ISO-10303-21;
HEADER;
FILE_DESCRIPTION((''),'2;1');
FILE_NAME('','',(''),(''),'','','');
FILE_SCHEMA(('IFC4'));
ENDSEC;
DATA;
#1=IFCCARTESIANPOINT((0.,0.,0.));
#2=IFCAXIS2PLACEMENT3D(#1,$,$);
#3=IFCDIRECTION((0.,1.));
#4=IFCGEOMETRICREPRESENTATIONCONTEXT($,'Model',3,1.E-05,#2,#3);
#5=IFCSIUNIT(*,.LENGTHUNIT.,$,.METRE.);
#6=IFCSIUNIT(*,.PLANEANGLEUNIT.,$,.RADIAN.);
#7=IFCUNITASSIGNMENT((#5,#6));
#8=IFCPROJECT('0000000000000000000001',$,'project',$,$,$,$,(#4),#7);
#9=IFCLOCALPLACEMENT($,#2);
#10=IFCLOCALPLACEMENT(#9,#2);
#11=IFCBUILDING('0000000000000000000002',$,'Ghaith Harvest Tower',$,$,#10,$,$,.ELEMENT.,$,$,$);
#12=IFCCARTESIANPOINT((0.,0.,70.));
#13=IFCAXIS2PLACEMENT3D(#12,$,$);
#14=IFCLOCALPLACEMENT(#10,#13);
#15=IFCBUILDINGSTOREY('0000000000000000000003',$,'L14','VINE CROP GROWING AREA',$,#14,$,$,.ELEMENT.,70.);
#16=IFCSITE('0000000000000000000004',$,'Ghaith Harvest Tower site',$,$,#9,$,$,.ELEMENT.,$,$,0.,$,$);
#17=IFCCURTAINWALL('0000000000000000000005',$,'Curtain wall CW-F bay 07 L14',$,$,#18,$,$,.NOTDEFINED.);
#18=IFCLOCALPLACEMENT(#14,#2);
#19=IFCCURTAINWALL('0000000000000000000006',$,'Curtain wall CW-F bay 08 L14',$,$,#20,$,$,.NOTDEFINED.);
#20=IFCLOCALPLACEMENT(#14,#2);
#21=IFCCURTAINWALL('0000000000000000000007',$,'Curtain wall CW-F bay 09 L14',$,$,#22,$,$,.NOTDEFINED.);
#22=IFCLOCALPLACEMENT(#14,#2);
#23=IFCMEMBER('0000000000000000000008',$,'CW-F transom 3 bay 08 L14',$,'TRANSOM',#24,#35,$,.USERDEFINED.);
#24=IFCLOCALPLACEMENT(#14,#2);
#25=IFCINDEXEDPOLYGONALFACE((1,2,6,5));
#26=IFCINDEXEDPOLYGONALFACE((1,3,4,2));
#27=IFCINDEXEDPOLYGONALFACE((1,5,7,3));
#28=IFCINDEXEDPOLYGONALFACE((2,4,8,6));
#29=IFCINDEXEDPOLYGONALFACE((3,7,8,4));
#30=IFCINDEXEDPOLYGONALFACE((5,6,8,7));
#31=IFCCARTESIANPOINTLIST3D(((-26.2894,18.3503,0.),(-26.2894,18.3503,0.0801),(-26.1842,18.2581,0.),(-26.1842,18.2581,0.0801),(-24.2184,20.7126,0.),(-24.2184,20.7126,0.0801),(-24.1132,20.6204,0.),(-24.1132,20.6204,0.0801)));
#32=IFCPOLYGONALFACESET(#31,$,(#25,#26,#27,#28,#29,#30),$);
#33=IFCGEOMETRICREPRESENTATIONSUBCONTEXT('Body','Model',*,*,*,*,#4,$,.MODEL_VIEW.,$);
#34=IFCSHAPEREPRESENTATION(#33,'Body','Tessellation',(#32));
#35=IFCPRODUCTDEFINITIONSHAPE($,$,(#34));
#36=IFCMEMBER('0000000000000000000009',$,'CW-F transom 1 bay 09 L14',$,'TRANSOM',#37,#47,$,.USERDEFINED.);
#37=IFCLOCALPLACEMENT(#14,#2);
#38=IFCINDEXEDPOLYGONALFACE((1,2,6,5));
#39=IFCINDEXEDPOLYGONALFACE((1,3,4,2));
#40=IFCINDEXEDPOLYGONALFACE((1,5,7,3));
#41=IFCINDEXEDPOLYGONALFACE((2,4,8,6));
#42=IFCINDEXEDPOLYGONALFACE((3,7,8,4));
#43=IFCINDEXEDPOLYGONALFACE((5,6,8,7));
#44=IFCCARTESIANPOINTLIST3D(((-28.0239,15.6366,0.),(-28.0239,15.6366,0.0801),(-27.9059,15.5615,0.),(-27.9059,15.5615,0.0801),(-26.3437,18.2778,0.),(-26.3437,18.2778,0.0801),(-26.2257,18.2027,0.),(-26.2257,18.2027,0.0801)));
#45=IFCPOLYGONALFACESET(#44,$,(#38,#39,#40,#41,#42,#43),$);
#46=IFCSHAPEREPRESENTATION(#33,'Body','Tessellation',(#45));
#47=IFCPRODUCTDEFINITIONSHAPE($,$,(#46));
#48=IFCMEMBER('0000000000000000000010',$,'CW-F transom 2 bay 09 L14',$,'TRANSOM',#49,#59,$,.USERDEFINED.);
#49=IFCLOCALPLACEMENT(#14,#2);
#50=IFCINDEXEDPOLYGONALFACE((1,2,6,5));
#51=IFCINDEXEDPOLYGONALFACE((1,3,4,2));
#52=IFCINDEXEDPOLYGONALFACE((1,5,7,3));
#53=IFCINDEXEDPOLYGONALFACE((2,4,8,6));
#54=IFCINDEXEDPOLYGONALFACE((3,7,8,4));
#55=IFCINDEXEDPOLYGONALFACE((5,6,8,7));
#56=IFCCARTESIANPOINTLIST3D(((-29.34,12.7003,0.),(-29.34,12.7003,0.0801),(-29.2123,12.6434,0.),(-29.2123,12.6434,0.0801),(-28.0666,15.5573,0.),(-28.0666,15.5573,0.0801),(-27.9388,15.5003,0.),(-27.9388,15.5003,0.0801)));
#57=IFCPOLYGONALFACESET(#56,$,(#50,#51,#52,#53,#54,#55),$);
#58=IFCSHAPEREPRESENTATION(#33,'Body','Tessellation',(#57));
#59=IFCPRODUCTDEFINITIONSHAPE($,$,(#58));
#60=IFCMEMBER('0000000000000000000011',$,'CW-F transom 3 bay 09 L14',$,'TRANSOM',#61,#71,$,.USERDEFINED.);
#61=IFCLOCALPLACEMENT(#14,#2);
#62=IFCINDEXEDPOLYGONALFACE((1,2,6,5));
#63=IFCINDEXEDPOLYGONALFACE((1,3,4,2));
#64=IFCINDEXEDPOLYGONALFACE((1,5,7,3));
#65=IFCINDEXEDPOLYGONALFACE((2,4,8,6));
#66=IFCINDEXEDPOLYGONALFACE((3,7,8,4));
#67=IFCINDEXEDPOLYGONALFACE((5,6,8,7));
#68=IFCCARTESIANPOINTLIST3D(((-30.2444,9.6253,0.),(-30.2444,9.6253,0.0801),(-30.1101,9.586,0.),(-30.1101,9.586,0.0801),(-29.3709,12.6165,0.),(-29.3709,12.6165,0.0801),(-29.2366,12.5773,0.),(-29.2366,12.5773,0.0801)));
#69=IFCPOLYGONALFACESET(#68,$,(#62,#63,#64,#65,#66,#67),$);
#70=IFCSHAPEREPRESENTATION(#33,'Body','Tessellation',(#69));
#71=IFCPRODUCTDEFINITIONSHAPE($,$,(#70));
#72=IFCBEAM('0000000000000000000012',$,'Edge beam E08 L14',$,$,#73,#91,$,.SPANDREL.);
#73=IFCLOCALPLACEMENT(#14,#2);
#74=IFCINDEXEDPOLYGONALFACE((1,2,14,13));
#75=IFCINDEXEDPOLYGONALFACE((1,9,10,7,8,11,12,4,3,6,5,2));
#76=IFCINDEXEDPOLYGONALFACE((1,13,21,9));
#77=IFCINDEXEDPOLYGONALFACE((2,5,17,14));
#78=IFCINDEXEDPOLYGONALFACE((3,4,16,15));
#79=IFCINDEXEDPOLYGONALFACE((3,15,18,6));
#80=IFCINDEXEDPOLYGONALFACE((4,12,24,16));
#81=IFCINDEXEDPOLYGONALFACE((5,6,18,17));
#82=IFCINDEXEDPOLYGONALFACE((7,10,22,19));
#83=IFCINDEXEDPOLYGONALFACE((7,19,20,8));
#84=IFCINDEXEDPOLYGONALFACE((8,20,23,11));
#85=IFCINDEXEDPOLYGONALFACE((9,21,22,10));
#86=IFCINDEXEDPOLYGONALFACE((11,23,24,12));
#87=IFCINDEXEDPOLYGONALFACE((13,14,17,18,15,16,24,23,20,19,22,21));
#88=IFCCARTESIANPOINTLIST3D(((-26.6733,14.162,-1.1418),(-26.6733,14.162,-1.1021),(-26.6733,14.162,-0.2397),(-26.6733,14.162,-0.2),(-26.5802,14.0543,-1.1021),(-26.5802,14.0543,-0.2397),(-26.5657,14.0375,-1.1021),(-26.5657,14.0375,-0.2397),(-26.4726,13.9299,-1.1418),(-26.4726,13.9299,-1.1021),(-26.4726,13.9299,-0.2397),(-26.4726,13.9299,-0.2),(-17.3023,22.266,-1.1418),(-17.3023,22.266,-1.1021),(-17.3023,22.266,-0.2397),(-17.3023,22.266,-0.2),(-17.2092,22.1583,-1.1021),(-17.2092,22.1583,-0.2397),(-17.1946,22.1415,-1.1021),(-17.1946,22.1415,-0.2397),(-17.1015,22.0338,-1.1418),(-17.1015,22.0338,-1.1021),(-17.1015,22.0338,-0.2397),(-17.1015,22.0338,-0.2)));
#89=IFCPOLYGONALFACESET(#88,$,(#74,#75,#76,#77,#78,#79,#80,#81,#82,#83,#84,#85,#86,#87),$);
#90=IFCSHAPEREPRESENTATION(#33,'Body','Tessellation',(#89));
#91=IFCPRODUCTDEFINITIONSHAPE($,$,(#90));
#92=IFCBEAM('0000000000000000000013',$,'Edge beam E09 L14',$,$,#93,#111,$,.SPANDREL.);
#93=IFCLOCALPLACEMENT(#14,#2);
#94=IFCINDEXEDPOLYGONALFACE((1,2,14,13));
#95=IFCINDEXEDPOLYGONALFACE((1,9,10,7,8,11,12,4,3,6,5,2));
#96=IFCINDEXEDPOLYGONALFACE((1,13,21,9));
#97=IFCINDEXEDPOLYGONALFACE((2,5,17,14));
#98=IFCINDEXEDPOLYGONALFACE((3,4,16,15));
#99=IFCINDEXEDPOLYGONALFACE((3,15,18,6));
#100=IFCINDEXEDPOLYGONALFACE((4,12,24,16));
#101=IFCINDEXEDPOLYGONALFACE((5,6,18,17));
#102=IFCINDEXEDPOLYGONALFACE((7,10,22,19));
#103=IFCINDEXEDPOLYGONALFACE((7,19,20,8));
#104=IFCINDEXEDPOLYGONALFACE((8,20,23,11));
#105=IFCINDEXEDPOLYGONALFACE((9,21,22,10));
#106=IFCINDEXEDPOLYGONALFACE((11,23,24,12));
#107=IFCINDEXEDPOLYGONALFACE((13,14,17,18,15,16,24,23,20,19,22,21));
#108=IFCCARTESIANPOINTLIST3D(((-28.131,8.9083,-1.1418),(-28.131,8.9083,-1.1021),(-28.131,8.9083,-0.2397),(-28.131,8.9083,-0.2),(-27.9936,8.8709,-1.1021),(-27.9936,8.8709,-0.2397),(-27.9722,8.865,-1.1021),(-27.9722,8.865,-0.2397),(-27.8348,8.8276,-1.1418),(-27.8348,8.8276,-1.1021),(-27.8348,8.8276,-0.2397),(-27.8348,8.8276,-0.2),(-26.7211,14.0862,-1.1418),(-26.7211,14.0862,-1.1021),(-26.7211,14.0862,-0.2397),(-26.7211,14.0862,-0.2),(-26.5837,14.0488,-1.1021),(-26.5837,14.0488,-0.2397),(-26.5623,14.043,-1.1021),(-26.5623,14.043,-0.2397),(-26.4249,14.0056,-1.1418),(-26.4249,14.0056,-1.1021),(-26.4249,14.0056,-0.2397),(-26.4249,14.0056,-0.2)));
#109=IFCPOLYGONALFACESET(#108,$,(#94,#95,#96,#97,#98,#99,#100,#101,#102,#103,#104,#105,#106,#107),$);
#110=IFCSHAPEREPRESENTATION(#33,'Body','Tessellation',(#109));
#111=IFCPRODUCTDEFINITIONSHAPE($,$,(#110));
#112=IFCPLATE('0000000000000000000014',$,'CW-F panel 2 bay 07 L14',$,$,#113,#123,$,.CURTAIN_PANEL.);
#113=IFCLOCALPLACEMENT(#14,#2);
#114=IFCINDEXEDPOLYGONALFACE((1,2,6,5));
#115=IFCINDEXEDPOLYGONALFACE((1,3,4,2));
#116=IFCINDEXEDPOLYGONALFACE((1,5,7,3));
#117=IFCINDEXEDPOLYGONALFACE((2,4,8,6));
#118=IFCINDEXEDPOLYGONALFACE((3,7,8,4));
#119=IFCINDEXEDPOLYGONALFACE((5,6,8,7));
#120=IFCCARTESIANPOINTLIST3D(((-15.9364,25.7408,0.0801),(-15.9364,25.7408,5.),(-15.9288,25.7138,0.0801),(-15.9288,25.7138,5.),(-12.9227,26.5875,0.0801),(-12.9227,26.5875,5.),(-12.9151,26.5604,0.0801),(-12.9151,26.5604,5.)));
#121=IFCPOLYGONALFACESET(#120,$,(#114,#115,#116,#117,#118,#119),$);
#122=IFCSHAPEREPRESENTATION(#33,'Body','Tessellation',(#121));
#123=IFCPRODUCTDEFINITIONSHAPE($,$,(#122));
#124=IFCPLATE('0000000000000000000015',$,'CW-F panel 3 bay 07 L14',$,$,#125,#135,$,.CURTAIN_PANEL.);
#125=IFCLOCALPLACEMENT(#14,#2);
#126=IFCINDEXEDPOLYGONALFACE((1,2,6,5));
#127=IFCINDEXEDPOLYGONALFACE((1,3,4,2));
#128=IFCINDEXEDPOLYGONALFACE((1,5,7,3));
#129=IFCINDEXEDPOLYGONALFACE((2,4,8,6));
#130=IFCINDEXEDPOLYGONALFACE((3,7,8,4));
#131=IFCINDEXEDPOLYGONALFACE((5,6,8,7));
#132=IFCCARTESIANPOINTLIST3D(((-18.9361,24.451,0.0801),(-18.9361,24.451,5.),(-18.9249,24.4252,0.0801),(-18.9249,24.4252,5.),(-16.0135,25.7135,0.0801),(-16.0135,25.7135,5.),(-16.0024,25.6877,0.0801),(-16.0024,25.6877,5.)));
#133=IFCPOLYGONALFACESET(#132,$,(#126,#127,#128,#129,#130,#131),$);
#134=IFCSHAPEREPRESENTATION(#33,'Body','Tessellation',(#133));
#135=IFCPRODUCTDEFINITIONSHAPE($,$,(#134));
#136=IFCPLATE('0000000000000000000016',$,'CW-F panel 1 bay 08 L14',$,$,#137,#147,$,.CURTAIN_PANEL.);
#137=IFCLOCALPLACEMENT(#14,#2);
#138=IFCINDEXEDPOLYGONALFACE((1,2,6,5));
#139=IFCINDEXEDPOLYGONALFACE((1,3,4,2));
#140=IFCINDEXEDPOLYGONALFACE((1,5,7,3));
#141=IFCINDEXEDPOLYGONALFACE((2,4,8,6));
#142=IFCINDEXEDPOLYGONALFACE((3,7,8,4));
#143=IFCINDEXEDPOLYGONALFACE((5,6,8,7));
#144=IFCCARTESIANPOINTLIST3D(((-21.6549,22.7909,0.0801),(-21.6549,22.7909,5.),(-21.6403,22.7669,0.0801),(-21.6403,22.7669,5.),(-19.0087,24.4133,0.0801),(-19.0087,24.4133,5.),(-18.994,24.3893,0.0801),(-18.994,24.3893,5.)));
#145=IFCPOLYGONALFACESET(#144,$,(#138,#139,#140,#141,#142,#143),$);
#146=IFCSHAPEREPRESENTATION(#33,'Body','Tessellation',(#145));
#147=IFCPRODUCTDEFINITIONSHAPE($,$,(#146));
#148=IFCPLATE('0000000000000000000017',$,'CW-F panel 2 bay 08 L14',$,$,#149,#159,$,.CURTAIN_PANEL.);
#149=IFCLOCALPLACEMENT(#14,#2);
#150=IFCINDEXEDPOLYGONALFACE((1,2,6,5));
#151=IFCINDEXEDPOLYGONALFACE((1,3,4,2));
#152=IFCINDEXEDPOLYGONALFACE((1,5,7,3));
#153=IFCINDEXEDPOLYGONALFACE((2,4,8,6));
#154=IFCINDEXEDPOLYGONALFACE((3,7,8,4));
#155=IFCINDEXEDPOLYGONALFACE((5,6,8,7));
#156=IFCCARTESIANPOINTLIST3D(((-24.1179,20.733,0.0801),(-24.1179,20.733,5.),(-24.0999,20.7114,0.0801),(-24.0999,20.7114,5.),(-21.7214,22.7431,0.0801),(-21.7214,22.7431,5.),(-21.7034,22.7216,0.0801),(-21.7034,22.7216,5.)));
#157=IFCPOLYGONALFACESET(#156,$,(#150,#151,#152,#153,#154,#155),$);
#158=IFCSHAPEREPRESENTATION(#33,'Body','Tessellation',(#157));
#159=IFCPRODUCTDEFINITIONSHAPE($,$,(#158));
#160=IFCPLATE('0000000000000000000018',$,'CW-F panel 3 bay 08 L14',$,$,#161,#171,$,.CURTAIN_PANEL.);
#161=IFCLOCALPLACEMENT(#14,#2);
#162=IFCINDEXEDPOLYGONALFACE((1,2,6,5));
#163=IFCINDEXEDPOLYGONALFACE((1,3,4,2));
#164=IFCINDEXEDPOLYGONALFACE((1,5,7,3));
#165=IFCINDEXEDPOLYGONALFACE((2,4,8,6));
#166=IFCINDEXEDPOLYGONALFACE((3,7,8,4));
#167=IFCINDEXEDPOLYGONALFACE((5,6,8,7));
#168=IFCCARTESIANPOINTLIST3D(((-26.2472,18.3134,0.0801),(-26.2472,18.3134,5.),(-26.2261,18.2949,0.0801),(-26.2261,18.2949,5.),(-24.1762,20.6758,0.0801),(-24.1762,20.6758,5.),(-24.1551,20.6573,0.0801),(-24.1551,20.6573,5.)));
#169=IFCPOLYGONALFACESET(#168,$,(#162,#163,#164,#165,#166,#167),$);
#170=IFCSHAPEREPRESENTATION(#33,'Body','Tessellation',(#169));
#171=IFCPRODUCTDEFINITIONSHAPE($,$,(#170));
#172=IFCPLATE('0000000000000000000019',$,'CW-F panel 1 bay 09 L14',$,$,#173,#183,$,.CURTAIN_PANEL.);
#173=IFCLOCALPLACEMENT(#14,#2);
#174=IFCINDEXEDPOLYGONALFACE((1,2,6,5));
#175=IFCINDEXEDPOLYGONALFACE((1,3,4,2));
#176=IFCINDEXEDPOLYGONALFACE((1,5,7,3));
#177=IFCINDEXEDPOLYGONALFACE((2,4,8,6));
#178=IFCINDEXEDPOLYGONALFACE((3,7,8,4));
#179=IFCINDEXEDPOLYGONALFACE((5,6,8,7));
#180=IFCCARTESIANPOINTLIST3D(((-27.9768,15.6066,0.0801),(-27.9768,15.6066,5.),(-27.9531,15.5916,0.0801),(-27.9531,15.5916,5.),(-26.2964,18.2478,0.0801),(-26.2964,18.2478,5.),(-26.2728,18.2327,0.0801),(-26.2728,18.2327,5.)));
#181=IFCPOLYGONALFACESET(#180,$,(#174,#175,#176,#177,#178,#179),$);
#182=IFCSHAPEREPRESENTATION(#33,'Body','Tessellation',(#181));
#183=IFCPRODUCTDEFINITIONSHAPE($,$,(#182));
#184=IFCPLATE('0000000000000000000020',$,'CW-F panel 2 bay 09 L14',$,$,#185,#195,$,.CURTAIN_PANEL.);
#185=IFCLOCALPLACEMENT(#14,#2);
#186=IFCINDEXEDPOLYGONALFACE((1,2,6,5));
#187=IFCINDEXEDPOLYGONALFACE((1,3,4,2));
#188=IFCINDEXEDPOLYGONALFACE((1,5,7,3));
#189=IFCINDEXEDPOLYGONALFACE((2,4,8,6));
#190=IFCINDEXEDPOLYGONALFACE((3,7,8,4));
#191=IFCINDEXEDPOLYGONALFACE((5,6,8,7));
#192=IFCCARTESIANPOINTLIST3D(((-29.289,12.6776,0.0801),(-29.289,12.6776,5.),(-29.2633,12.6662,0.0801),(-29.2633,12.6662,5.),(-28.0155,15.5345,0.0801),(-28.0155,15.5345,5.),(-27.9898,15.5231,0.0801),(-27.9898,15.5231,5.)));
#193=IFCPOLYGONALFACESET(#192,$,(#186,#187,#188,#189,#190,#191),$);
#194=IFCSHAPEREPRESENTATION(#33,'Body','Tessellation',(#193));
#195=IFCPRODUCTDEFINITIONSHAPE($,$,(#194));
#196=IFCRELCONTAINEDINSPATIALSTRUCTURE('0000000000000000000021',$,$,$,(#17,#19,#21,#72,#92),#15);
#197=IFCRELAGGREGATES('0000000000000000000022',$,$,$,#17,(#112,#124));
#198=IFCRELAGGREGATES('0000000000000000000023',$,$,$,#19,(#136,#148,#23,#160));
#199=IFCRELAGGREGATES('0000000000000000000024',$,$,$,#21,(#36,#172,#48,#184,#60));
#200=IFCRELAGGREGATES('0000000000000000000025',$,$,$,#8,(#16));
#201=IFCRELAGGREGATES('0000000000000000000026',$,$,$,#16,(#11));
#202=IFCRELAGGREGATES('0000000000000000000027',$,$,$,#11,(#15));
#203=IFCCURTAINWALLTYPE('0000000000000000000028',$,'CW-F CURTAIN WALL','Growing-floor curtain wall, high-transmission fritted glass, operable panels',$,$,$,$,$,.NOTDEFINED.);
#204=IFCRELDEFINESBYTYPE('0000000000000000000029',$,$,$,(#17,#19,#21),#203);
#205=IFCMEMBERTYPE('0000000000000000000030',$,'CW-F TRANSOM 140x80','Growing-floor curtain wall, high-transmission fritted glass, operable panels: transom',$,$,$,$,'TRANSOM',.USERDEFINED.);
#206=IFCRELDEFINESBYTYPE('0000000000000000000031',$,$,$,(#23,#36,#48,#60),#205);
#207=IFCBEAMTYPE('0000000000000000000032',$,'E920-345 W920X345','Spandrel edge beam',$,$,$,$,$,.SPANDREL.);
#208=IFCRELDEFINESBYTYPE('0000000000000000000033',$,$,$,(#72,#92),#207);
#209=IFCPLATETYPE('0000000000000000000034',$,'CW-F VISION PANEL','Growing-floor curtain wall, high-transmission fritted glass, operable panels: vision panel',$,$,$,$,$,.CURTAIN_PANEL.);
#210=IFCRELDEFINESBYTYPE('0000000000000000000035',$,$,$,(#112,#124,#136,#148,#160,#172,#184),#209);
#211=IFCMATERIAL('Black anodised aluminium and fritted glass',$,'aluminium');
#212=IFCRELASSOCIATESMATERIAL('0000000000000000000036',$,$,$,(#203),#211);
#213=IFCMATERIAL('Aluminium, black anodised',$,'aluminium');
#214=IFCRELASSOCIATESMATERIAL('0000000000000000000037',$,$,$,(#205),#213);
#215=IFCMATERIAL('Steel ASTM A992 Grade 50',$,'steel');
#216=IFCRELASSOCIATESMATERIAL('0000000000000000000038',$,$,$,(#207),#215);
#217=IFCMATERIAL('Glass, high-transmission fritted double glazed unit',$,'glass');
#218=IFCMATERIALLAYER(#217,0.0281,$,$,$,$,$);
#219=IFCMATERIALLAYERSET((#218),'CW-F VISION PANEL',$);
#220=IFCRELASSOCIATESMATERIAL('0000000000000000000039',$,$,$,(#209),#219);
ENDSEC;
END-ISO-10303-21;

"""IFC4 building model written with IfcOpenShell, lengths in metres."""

from ifc_helpers import new_model, si_unit, direction, frame, origin, origin_2d, place, context, subcontext, project, spatial, rectangle, i_section, extrude, material, layer, layer_set, material_profile, profile_set, type_object, element, aggregate, save


model = new_model("IFC4")

# Units and contexts
model_context = context("Model", 3, precision=1e-05, world=origin(), true_north=direction((0.0, 1.0)))
body_context = subcontext(model_context, "Body", "Model", "MODEL_VIEW")
ifc_project = project(units=[si_unit("LENGTHUNIT", "METRE"), si_unit("PLANEANGLEUNIT", "RADIAN")], contexts=[model_context])

# Site, building, storey
site_placement = place(None, origin())
site = spatial("IfcSite", under=ifc_project, at=site_placement, Name="Ghaith Harvest Tower site", CompositionType="ELEMENT", RefElevation=0.0)
building_placement = place(site_placement, origin())
building = spatial("IfcBuilding", under=site, at=building_placement, Name="Ghaith Harvest Tower", CompositionType="ELEMENT")
storey_placement = place(building_placement, frame((0.0, 0.0, 70.0)))
storey = spatial("IfcBuildingStorey", under=building, at=storey_placement, Name="L14", Description="VINE CROP GROWING AREA", CompositionType="ELEMENT", Elevation=70.0)

# Curtain walls
ifc_material_1 = material(Name="Black anodised aluminium and fritted glass", Category="aluminium")
curtain_wall_type = type_object("IfcCurtainWallType", Name="CW-F CURTAIN WALL", Description="Growing-floor curtain wall, high-transmission fritted glass, operable panels", PredefinedType="NOTDEFINED", material=ifc_material_1)
curtain_wall_1_placement = place(storey_placement, origin())
curtain_wall_1 = element("IfcCurtainWall", 1, at=curtain_wall_1_placement, inside=storey, type_object=curtain_wall_type, Name="Curtain wall CW-F bay 07 L14", PredefinedType="NOTDEFINED")
curtain_wall_2_placement = place(storey_placement, origin())
curtain_wall_2 = element("IfcCurtainWall", 2, at=curtain_wall_2_placement, inside=storey, type_object=curtain_wall_type, Name="Curtain wall CW-F bay 08 L14", PredefinedType="NOTDEFINED")
curtain_wall_3_placement = place(storey_placement, origin())
curtain_wall_3 = element("IfcCurtainWall", 3, at=curtain_wall_3_placement, inside=storey, type_object=curtain_wall_type, Name="Curtain wall CW-F bay 09 L14", PredefinedType="NOTDEFINED")

# Members
ifc_material_2 = material(Name="Aluminium, black anodised", Category="aluminium")
ifc_material_profile_1 = material_profile(ifc_material_2, rectangle(XDim=0.1399, YDim=0.0801, at=origin_2d()), Name="CW-F TRANSOM 140x80")
ifc_profile_set_1 = profile_set([ifc_material_profile_1], Name="Aluminium, black anodised")
member_type_1 = type_object("IfcMemberType", Name="CW-F TRANSOM 140x80", Description="Growing-floor curtain wall, high-transmission fritted glass, operable panels: transom", ElementType="TRANSOM", PredefinedType="USERDEFINED", material=ifc_profile_set_1)
member_1_placement = place(storey_placement, frame((-24.1658, 20.6665, 0.04), z_axis=(-0.659231, -0.751941, 0.0), x_axis=(0.751941, -0.659231, 0.0)))
member_1 = element("IfcMember", 4, at=member_1_placement, type_object=member_type_1, Name="CW-F transom 3 bay 08 L14", ObjectType="TRANSOM", PredefinedType="USERDEFINED", context=body_context, shape_type="SweptSolid", body=[
    extrude(rectangle(XDim=0.1399, YDim=0.0801, at=origin_2d()), origin(), (0.0, 0.0, 1.0), 3.1416),
])
member_2_placement = place(storey_placement, frame((-26.2847, 18.2402, 0.04), z_axis=(-0.536754, -0.843739, 0.0), x_axis=(0.843739, -0.536754, 0.0)))
member_2 = element("IfcMember", 5, at=member_2_placement, type_object=member_type_1, Name="CW-F transom 1 bay 09 L14", ObjectType="TRANSOM", PredefinedType="USERDEFINED", context=body_context, shape_type="SweptSolid", body=[
    extrude(rectangle(XDim=0.1399, YDim=0.0801, at=origin_2d()), origin(), (0.0, 0.0, 1.0), 3.1304),
])
member_3_placement = place(storey_placement, frame((-28.0027, 15.5288, 0.04), z_axis=(-0.407123, -0.913373, 0.0), x_axis=(0.913373, -0.407123, 0.0)))
member_3 = element("IfcMember", 6, at=member_3_placement, type_object=member_type_1, Name="CW-F transom 2 bay 09 L14", ObjectType="TRANSOM", PredefinedType="USERDEFINED", context=body_context, shape_type="SweptSolid", body=[
    extrude(rectangle(XDim=0.1399, YDim=0.0801, at=origin_2d()), origin(), (0.0, 0.0, 1.0), 3.1279),
])
member_4_placement = place(storey_placement, frame((-29.3037, 12.5969, 0.04), z_axis=(-0.280325, -0.959905, 0.0), x_axis=(0.959905, -0.280325, 0.0)))
member_4 = element("IfcMember", 7, at=member_4_placement, type_object=member_type_1, Name="CW-F transom 3 bay 09 L14", ObjectType="TRANSOM", PredefinedType="USERDEFINED", context=body_context, shape_type="SweptSolid", body=[
    extrude(rectangle(XDim=0.1399, YDim=0.0801, at=origin_2d()), origin(), (0.0, 0.0, 1.0), 3.1162),
])

# Beams
ifc_material_3 = material(Name="Steel ASTM A992 Grade 50", Category="steel")
ifc_material_profile_2 = material_profile(ifc_material_3, i_section(OverallWidth=0.3069, OverallDepth=0.9419, WebThickness=0.0222, FlangeThickness=0.0398, at=origin_2d()), Name="W920X345")
ifc_profile_set_2 = profile_set([ifc_material_profile_2], Name="Steel ASTM A992 Grade 50")
beam_type = type_object("IfcBeamType", Name="E920-345 W920X345", Description="Spandrel edge beam", PredefinedType="SPANDREL", material=ifc_profile_set_2)
beam_1_placement = place(storey_placement, frame((-17.2019, 22.1499, -0.6709), z_axis=(-0.756392, -0.654118, 0.0), x_axis=(0.654118, -0.756392, 0.0)))
element("IfcBeam", 8, at=beam_1_placement, inside=storey, type_object=beam_type, Name="Edge beam E08 L14", PredefinedType="SPANDREL", context=body_context, shape_type="SweptSolid", body=[
    extrude(i_section(OverallWidth=0.3069, OverallDepth=0.9419, WebThickness=0.0222, FlangeThickness=0.0398, at=origin_2d()), origin(), (0.0, 0.0, 1.0), 12.3892),
])
beam_2_placement = place(storey_placement, frame((-26.573, 14.0459, -0.6709), z_axis=(-0.262725, -0.964871, 0.0), x_axis=(0.964871, -0.262725, 0.0)))
element("IfcBeam", 9, at=beam_2_placement, inside=storey, type_object=beam_type, Name="Edge beam E09 L14", PredefinedType="SPANDREL", context=body_context, shape_type="SweptSolid", body=[
    extrude(i_section(OverallWidth=0.3069, OverallDepth=0.9419, WebThickness=0.0222, FlangeThickness=0.0398, at=origin_2d()), origin(), (0.0, 0.0, 1.0), 5.3665),
])

# Plates
ifc_material_4 = material(Name="Glass, high-transmission fritted double glazed unit", Category="glass")
ifc_layer_1 = layer(ifc_material_4, 0.0281)
ifc_layer_set_1 = layer_set([ifc_layer_1], Name="CW-F VISION PANEL")
plate_type = type_object("IfcPlateType", Name="CW-F VISION PANEL", Description="Growing-floor curtain wall, high-transmission fritted glass, operable panels: vision panel", PredefinedType="CURTAIN_PANEL", material=ifc_layer_set_1)
plate_1_placement = place(storey_placement, frame((-14.4258, 26.1506, 0.0801), z_axis=(0.0, 0.0, 1.0), x_axis=(-0.96273, -0.270465, 0.0)))
plate_1 = element("IfcPlate", 10, at=plate_1_placement, type_object=plate_type, Name="CW-F panel 2 bay 07 L14", PredefinedType="CURTAIN_PANEL", context=body_context, shape_type="SweptSolid", body=[
    extrude(rectangle(XDim=3.1304, YDim=0.0281, at=origin_2d()), origin(), (0.0, 0.0, 1.0), 4.9199),
])
plate_2_placement = place(storey_placement, frame((-17.4692, 25.0693, 0.0801), z_axis=(0.0, 0.0, 1.0), x_axis=(-0.918003, -0.396574, 0.0)))
plate_2 = element("IfcPlate", 11, at=plate_2_placement, type_object=plate_type, Name="CW-F panel 3 bay 07 L14", PredefinedType="CURTAIN_PANEL", context=body_context, shape_type="SweptSolid", body=[
    extrude(rectangle(XDim=3.1836, YDim=0.0281, at=origin_2d()), origin(), (0.0, 0.0, 1.0), 4.9199),
])
aggregate(curtain_wall_1, [plate_1, plate_2])
plate_3_placement = place(storey_placement, frame((-20.3245, 23.5901, 0.0801), z_axis=(0.0, 0.0, 1.0), x_axis=(-0.852528, -0.522682, 0.0)))
plate_3 = element("IfcPlate", 12, at=plate_3_placement, type_object=plate_type, Name="CW-F panel 1 bay 08 L14", PredefinedType="CURTAIN_PANEL", context=body_context, shape_type="SweptSolid", body=[
    extrude(rectangle(XDim=3.104, YDim=0.0281, at=origin_2d()), origin(), (0.0, 0.0, 1.0), 4.9199),
])
plate_4_placement = place(storey_placement, frame((-22.9106, 21.7273, 0.0801), z_axis=(0.0, 0.0, 1.0), x_axis=(-0.766155, -0.642656, 0.0)))
plate_4 = element("IfcPlate", 13, at=plate_4_placement, type_object=plate_type, Name="CW-F panel 2 bay 08 L14", PredefinedType="CURTAIN_PANEL", context=body_context, shape_type="SweptSolid", body=[
    extrude(rectangle(XDim=3.1279, YDim=0.0281, at=origin_2d()), origin(), (0.0, 0.0, 1.0), 4.9199),
])
plate_5_placement = place(storey_placement, frame((-25.2012, 19.4854, 0.0801), z_axis=(0.0, 0.0, 1.0), x_axis=(-0.659216, -0.751954, 0.0)))
plate_5 = element("IfcPlate", 14, at=plate_5_placement, type_object=plate_type, Name="CW-F panel 3 bay 08 L14", PredefinedType="CURTAIN_PANEL", context=body_context, shape_type="SweptSolid", body=[
    extrude(rectangle(XDim=3.1416, YDim=0.0281, at=origin_2d()), origin(), (0.0, 0.0, 1.0), 4.9199),
])
aggregate(curtain_wall_2, [plate_3, plate_4, member_1, plate_5])
plate_6_placement = place(storey_placement, frame((-27.1248, 16.9197, 0.0801), z_axis=(0.0, 0.0, 1.0), x_axis=(-0.536779, -0.843723, 0.0)))
plate_6 = element("IfcPlate", 15, at=plate_6_placement, type_object=plate_type, Name="CW-F panel 1 bay 09 L14", PredefinedType="CURTAIN_PANEL", context=body_context, shape_type="SweptSolid", body=[
    extrude(rectangle(XDim=3.1304, YDim=0.0281, at=origin_2d()), origin(), (0.0, 0.0, 1.0), 4.9199),
])
plate_7_placement = place(storey_placement, frame((-28.6394, 14.1003, 0.0801), z_axis=(0.0, 0.0, 1.0), x_axis=(-0.407134, -0.913368, 0.0)))
plate_7 = element("IfcPlate", 16, at=plate_7_placement, type_object=plate_type, Name="CW-F panel 2 bay 09 L14", PredefinedType="CURTAIN_PANEL", context=body_context, shape_type="SweptSolid", body=[
    extrude(rectangle(XDim=3.1279, YDim=0.0281, at=origin_2d()), origin(), (0.0, 0.0, 1.0), 4.9199),
])
aggregate(curtain_wall_3, [member_2, plate_6, member_3, plate_7, member_4])

save(model, "model.ifc")
